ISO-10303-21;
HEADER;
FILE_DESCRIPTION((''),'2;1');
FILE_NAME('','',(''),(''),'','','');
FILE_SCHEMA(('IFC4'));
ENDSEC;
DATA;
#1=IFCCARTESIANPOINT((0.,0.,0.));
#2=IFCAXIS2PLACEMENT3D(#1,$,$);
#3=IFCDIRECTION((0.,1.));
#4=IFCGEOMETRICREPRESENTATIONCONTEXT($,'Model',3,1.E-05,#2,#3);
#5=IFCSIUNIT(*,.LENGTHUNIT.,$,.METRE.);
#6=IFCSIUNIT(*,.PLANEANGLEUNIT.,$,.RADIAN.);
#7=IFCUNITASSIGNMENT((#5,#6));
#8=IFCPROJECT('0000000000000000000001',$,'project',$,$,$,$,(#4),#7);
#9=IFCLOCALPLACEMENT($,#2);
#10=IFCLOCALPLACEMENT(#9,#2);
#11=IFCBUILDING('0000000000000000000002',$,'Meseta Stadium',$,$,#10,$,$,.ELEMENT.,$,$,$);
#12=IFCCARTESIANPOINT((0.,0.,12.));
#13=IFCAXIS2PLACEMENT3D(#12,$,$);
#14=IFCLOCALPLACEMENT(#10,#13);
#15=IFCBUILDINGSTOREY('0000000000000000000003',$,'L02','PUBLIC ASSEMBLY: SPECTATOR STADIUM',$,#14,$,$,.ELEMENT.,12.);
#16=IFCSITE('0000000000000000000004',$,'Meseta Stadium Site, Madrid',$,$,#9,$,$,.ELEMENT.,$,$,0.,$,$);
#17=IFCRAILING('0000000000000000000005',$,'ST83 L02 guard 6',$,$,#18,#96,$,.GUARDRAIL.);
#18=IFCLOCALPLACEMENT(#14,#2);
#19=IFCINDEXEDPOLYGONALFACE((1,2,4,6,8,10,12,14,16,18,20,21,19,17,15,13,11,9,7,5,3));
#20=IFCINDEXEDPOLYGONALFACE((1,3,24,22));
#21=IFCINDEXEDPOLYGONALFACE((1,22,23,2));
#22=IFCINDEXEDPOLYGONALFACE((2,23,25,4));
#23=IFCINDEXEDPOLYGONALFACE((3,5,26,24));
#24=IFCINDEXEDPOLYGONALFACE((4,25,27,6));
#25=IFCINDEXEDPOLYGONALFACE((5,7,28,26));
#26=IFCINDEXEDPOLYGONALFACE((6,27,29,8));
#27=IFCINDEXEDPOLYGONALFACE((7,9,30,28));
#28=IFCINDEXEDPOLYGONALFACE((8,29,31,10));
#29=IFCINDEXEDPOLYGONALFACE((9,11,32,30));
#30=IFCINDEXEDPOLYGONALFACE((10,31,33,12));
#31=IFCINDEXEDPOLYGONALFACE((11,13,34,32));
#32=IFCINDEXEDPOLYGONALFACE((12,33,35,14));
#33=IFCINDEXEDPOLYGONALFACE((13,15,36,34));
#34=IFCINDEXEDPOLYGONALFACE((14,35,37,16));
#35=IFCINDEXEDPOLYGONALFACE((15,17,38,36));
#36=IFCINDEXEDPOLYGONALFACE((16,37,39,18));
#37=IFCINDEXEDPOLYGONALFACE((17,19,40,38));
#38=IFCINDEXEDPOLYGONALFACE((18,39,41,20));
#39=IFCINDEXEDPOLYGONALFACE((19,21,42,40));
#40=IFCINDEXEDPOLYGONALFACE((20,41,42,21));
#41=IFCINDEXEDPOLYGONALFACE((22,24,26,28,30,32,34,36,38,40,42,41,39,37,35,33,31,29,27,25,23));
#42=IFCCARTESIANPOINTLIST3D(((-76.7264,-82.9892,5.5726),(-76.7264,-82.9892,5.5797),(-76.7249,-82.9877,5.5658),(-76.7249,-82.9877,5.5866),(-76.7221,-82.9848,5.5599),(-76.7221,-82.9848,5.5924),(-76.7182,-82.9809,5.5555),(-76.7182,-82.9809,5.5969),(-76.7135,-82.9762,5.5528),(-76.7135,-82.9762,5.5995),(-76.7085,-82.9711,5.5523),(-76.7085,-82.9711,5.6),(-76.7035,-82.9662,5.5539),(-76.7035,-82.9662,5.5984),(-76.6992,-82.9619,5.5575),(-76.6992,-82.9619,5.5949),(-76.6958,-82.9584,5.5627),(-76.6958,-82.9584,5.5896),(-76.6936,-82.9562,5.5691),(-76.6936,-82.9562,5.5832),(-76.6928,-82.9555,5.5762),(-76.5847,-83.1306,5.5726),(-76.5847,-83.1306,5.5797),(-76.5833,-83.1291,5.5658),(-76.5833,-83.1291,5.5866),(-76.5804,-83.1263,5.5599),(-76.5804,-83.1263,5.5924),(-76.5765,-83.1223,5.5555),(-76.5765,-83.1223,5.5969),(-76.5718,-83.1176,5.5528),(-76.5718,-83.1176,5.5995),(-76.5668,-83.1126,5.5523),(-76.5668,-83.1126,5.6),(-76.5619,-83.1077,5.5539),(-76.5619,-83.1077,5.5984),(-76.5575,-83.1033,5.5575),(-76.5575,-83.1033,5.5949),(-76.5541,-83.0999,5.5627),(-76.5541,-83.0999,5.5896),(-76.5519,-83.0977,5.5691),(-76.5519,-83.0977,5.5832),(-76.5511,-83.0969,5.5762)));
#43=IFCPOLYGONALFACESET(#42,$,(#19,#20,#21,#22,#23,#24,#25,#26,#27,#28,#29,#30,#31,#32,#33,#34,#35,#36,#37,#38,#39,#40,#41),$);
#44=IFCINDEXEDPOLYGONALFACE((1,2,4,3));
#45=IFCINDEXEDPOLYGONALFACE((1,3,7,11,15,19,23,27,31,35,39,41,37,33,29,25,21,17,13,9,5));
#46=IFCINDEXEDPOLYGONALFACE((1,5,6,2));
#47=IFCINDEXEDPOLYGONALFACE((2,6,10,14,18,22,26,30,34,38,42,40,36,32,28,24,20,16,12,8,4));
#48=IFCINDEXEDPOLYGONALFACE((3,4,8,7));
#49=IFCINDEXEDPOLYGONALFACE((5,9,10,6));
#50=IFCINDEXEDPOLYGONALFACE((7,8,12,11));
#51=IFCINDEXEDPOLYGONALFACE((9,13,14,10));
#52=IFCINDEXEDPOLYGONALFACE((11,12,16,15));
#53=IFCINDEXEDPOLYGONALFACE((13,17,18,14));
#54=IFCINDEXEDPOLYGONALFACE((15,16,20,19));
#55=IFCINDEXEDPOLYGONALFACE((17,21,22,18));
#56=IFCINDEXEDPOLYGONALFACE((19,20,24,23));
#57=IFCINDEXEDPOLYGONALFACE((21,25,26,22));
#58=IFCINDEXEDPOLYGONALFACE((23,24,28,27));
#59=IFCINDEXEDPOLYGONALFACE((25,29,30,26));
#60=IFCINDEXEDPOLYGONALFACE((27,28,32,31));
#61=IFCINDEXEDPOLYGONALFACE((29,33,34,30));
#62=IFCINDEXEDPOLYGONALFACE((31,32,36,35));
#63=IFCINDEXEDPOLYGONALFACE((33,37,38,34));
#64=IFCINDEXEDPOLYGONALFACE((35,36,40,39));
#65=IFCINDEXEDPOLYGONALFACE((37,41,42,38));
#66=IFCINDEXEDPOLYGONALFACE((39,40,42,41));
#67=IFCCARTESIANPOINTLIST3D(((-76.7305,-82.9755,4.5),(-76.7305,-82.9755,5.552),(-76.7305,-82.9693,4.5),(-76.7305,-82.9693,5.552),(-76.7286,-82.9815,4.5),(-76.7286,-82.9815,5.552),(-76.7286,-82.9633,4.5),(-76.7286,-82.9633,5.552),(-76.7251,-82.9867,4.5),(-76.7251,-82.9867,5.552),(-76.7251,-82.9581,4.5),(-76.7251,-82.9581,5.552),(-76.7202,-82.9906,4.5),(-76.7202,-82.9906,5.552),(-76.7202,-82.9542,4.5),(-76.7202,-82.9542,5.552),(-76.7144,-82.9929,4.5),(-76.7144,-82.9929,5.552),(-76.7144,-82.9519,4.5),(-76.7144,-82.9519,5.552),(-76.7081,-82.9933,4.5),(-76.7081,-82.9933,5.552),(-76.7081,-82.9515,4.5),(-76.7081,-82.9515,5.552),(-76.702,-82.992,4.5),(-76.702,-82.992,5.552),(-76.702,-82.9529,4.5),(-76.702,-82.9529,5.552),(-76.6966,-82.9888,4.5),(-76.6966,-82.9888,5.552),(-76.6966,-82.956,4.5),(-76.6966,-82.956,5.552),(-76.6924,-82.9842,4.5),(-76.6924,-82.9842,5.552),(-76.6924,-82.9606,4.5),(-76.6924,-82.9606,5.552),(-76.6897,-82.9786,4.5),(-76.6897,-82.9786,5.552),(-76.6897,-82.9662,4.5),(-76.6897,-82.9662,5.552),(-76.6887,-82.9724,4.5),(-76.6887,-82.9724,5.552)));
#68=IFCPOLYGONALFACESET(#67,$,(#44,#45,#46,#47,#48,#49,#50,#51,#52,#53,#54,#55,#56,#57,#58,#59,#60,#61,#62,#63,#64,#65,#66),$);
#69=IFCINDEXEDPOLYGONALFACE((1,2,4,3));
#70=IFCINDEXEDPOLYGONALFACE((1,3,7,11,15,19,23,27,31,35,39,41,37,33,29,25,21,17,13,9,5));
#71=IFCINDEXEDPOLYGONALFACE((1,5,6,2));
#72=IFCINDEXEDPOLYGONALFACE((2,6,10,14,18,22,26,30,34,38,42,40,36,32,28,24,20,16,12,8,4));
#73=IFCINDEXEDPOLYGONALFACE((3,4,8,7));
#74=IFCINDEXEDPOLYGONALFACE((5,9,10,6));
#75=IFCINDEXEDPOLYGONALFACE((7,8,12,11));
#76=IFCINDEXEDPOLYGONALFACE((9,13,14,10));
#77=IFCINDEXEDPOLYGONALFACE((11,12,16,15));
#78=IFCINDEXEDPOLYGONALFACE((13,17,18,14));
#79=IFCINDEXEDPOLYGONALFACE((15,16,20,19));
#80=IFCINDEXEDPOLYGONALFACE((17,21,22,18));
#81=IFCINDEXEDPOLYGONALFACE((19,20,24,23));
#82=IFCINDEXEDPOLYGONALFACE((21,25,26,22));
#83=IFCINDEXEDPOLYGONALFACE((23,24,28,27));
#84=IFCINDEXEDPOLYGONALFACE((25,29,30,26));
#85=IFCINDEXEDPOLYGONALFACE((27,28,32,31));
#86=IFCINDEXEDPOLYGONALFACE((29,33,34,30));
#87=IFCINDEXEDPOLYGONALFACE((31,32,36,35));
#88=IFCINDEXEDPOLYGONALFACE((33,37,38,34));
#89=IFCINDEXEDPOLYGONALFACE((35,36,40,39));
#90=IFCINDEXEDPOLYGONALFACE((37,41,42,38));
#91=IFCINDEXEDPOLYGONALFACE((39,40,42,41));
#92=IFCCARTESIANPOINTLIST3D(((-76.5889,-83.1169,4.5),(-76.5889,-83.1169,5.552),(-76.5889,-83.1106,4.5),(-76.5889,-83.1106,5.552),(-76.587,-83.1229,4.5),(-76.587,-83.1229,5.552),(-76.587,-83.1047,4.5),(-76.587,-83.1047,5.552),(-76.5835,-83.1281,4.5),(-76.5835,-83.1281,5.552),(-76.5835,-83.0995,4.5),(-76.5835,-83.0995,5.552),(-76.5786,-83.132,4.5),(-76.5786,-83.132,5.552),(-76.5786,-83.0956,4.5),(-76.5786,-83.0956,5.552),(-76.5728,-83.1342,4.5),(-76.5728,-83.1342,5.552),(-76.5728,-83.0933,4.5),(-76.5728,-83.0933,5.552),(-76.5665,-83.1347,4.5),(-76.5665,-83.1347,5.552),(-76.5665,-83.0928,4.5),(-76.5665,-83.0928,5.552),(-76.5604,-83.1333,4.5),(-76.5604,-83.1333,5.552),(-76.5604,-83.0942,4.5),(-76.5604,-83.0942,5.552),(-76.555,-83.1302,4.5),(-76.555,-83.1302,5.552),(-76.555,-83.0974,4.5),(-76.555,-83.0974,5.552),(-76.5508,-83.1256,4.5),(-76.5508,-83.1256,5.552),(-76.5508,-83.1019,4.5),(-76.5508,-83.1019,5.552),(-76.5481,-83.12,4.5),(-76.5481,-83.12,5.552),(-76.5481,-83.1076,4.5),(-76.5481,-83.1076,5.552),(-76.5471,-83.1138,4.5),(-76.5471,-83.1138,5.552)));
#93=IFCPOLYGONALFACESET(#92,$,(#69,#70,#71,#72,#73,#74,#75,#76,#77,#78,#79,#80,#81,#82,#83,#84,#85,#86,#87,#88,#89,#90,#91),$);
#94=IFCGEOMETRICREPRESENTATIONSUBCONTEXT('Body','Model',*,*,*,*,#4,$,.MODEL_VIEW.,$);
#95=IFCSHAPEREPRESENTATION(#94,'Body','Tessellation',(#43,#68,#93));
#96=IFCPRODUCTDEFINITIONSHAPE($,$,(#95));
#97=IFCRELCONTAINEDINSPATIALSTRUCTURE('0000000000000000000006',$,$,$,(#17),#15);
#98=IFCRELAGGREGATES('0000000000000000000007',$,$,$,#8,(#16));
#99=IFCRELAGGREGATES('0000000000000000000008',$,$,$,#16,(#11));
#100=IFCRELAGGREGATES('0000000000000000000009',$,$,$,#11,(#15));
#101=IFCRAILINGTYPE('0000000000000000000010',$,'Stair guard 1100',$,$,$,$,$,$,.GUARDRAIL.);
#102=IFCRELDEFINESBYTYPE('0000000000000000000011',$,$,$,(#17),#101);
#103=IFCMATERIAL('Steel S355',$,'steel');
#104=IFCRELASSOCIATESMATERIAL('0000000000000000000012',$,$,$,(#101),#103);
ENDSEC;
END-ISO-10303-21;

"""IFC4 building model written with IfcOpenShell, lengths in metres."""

from ifc_helpers import new_model, si_unit, direction, frame, origin, origin_2d, place, context, subcontext, project, spatial, circle, extrude, material, type_object, element, save


model = new_model("IFC4")

# Units and contexts
model_context = context("Model", 3, precision=1e-05, world=origin(), true_north=direction((0.0, 1.0)))
body_context = subcontext(model_context, "Body", "Model", "MODEL_VIEW")
ifc_project = project(units=[si_unit("LENGTHUNIT", "METRE"), si_unit("PLANEANGLEUNIT", "RADIAN")], contexts=[model_context])

# Site, building, storey
site_placement = place(None, origin())
site = spatial("IfcSite", under=ifc_project, at=site_placement, Name="Meseta Stadium Site, Madrid", CompositionType="ELEMENT", RefElevation=0.0)
building_placement = place(site_placement, origin())
building = spatial("IfcBuilding", under=site, at=building_placement, Name="Meseta Stadium", CompositionType="ELEMENT")
storey_placement = place(building_placement, frame((0.0, 0.0, 12.0)))
storey = spatial("IfcBuildingStorey", under=building, at=storey_placement, Name="L02", Description="PUBLIC ASSEMBLY: SPECTATOR STADIUM", CompositionType="ELEMENT", Elevation=12.0)

# Railing
ifc_material_1 = material(Name="Steel S355", Category="steel")
railing_type_1 = type_object("IfcRailingType", Name="Stair guard 1100", PredefinedType="GUARDRAIL", material=ifc_material_1)
railing_1_placement = place(storey_placement, frame((-76.7097, -82.9724, 4.5)))
element("IfcRailing", 1, at=railing_1_placement, inside=storey, type_object=railing_type_1, Name="ST83 L02 guard 6", PredefinedType="GUARDRAIL", context=body_context, shape_type="SweptSolid", body=[
    extrude(circle(Radius=0.0239, at=origin_2d()), frame((0.0, 0.0, 1.0762), z_axis=(0.707717, -0.706496, 0.0), x_axis=(0.706496, 0.707717, 0.0)), (0.0, 0.0, 1.0), 0.2002),
    extrude(circle(Radius=0.021, at=origin_2d()), origin(), (0.0, 0.0, 1.0), 1.052),
    extrude(circle(Radius=0.021, at=origin_2d()), frame((0.1416, -0.1414, 0.0)), (0.0, 0.0, 1.0), 1.052),
])

save(model, "model.ifc")
